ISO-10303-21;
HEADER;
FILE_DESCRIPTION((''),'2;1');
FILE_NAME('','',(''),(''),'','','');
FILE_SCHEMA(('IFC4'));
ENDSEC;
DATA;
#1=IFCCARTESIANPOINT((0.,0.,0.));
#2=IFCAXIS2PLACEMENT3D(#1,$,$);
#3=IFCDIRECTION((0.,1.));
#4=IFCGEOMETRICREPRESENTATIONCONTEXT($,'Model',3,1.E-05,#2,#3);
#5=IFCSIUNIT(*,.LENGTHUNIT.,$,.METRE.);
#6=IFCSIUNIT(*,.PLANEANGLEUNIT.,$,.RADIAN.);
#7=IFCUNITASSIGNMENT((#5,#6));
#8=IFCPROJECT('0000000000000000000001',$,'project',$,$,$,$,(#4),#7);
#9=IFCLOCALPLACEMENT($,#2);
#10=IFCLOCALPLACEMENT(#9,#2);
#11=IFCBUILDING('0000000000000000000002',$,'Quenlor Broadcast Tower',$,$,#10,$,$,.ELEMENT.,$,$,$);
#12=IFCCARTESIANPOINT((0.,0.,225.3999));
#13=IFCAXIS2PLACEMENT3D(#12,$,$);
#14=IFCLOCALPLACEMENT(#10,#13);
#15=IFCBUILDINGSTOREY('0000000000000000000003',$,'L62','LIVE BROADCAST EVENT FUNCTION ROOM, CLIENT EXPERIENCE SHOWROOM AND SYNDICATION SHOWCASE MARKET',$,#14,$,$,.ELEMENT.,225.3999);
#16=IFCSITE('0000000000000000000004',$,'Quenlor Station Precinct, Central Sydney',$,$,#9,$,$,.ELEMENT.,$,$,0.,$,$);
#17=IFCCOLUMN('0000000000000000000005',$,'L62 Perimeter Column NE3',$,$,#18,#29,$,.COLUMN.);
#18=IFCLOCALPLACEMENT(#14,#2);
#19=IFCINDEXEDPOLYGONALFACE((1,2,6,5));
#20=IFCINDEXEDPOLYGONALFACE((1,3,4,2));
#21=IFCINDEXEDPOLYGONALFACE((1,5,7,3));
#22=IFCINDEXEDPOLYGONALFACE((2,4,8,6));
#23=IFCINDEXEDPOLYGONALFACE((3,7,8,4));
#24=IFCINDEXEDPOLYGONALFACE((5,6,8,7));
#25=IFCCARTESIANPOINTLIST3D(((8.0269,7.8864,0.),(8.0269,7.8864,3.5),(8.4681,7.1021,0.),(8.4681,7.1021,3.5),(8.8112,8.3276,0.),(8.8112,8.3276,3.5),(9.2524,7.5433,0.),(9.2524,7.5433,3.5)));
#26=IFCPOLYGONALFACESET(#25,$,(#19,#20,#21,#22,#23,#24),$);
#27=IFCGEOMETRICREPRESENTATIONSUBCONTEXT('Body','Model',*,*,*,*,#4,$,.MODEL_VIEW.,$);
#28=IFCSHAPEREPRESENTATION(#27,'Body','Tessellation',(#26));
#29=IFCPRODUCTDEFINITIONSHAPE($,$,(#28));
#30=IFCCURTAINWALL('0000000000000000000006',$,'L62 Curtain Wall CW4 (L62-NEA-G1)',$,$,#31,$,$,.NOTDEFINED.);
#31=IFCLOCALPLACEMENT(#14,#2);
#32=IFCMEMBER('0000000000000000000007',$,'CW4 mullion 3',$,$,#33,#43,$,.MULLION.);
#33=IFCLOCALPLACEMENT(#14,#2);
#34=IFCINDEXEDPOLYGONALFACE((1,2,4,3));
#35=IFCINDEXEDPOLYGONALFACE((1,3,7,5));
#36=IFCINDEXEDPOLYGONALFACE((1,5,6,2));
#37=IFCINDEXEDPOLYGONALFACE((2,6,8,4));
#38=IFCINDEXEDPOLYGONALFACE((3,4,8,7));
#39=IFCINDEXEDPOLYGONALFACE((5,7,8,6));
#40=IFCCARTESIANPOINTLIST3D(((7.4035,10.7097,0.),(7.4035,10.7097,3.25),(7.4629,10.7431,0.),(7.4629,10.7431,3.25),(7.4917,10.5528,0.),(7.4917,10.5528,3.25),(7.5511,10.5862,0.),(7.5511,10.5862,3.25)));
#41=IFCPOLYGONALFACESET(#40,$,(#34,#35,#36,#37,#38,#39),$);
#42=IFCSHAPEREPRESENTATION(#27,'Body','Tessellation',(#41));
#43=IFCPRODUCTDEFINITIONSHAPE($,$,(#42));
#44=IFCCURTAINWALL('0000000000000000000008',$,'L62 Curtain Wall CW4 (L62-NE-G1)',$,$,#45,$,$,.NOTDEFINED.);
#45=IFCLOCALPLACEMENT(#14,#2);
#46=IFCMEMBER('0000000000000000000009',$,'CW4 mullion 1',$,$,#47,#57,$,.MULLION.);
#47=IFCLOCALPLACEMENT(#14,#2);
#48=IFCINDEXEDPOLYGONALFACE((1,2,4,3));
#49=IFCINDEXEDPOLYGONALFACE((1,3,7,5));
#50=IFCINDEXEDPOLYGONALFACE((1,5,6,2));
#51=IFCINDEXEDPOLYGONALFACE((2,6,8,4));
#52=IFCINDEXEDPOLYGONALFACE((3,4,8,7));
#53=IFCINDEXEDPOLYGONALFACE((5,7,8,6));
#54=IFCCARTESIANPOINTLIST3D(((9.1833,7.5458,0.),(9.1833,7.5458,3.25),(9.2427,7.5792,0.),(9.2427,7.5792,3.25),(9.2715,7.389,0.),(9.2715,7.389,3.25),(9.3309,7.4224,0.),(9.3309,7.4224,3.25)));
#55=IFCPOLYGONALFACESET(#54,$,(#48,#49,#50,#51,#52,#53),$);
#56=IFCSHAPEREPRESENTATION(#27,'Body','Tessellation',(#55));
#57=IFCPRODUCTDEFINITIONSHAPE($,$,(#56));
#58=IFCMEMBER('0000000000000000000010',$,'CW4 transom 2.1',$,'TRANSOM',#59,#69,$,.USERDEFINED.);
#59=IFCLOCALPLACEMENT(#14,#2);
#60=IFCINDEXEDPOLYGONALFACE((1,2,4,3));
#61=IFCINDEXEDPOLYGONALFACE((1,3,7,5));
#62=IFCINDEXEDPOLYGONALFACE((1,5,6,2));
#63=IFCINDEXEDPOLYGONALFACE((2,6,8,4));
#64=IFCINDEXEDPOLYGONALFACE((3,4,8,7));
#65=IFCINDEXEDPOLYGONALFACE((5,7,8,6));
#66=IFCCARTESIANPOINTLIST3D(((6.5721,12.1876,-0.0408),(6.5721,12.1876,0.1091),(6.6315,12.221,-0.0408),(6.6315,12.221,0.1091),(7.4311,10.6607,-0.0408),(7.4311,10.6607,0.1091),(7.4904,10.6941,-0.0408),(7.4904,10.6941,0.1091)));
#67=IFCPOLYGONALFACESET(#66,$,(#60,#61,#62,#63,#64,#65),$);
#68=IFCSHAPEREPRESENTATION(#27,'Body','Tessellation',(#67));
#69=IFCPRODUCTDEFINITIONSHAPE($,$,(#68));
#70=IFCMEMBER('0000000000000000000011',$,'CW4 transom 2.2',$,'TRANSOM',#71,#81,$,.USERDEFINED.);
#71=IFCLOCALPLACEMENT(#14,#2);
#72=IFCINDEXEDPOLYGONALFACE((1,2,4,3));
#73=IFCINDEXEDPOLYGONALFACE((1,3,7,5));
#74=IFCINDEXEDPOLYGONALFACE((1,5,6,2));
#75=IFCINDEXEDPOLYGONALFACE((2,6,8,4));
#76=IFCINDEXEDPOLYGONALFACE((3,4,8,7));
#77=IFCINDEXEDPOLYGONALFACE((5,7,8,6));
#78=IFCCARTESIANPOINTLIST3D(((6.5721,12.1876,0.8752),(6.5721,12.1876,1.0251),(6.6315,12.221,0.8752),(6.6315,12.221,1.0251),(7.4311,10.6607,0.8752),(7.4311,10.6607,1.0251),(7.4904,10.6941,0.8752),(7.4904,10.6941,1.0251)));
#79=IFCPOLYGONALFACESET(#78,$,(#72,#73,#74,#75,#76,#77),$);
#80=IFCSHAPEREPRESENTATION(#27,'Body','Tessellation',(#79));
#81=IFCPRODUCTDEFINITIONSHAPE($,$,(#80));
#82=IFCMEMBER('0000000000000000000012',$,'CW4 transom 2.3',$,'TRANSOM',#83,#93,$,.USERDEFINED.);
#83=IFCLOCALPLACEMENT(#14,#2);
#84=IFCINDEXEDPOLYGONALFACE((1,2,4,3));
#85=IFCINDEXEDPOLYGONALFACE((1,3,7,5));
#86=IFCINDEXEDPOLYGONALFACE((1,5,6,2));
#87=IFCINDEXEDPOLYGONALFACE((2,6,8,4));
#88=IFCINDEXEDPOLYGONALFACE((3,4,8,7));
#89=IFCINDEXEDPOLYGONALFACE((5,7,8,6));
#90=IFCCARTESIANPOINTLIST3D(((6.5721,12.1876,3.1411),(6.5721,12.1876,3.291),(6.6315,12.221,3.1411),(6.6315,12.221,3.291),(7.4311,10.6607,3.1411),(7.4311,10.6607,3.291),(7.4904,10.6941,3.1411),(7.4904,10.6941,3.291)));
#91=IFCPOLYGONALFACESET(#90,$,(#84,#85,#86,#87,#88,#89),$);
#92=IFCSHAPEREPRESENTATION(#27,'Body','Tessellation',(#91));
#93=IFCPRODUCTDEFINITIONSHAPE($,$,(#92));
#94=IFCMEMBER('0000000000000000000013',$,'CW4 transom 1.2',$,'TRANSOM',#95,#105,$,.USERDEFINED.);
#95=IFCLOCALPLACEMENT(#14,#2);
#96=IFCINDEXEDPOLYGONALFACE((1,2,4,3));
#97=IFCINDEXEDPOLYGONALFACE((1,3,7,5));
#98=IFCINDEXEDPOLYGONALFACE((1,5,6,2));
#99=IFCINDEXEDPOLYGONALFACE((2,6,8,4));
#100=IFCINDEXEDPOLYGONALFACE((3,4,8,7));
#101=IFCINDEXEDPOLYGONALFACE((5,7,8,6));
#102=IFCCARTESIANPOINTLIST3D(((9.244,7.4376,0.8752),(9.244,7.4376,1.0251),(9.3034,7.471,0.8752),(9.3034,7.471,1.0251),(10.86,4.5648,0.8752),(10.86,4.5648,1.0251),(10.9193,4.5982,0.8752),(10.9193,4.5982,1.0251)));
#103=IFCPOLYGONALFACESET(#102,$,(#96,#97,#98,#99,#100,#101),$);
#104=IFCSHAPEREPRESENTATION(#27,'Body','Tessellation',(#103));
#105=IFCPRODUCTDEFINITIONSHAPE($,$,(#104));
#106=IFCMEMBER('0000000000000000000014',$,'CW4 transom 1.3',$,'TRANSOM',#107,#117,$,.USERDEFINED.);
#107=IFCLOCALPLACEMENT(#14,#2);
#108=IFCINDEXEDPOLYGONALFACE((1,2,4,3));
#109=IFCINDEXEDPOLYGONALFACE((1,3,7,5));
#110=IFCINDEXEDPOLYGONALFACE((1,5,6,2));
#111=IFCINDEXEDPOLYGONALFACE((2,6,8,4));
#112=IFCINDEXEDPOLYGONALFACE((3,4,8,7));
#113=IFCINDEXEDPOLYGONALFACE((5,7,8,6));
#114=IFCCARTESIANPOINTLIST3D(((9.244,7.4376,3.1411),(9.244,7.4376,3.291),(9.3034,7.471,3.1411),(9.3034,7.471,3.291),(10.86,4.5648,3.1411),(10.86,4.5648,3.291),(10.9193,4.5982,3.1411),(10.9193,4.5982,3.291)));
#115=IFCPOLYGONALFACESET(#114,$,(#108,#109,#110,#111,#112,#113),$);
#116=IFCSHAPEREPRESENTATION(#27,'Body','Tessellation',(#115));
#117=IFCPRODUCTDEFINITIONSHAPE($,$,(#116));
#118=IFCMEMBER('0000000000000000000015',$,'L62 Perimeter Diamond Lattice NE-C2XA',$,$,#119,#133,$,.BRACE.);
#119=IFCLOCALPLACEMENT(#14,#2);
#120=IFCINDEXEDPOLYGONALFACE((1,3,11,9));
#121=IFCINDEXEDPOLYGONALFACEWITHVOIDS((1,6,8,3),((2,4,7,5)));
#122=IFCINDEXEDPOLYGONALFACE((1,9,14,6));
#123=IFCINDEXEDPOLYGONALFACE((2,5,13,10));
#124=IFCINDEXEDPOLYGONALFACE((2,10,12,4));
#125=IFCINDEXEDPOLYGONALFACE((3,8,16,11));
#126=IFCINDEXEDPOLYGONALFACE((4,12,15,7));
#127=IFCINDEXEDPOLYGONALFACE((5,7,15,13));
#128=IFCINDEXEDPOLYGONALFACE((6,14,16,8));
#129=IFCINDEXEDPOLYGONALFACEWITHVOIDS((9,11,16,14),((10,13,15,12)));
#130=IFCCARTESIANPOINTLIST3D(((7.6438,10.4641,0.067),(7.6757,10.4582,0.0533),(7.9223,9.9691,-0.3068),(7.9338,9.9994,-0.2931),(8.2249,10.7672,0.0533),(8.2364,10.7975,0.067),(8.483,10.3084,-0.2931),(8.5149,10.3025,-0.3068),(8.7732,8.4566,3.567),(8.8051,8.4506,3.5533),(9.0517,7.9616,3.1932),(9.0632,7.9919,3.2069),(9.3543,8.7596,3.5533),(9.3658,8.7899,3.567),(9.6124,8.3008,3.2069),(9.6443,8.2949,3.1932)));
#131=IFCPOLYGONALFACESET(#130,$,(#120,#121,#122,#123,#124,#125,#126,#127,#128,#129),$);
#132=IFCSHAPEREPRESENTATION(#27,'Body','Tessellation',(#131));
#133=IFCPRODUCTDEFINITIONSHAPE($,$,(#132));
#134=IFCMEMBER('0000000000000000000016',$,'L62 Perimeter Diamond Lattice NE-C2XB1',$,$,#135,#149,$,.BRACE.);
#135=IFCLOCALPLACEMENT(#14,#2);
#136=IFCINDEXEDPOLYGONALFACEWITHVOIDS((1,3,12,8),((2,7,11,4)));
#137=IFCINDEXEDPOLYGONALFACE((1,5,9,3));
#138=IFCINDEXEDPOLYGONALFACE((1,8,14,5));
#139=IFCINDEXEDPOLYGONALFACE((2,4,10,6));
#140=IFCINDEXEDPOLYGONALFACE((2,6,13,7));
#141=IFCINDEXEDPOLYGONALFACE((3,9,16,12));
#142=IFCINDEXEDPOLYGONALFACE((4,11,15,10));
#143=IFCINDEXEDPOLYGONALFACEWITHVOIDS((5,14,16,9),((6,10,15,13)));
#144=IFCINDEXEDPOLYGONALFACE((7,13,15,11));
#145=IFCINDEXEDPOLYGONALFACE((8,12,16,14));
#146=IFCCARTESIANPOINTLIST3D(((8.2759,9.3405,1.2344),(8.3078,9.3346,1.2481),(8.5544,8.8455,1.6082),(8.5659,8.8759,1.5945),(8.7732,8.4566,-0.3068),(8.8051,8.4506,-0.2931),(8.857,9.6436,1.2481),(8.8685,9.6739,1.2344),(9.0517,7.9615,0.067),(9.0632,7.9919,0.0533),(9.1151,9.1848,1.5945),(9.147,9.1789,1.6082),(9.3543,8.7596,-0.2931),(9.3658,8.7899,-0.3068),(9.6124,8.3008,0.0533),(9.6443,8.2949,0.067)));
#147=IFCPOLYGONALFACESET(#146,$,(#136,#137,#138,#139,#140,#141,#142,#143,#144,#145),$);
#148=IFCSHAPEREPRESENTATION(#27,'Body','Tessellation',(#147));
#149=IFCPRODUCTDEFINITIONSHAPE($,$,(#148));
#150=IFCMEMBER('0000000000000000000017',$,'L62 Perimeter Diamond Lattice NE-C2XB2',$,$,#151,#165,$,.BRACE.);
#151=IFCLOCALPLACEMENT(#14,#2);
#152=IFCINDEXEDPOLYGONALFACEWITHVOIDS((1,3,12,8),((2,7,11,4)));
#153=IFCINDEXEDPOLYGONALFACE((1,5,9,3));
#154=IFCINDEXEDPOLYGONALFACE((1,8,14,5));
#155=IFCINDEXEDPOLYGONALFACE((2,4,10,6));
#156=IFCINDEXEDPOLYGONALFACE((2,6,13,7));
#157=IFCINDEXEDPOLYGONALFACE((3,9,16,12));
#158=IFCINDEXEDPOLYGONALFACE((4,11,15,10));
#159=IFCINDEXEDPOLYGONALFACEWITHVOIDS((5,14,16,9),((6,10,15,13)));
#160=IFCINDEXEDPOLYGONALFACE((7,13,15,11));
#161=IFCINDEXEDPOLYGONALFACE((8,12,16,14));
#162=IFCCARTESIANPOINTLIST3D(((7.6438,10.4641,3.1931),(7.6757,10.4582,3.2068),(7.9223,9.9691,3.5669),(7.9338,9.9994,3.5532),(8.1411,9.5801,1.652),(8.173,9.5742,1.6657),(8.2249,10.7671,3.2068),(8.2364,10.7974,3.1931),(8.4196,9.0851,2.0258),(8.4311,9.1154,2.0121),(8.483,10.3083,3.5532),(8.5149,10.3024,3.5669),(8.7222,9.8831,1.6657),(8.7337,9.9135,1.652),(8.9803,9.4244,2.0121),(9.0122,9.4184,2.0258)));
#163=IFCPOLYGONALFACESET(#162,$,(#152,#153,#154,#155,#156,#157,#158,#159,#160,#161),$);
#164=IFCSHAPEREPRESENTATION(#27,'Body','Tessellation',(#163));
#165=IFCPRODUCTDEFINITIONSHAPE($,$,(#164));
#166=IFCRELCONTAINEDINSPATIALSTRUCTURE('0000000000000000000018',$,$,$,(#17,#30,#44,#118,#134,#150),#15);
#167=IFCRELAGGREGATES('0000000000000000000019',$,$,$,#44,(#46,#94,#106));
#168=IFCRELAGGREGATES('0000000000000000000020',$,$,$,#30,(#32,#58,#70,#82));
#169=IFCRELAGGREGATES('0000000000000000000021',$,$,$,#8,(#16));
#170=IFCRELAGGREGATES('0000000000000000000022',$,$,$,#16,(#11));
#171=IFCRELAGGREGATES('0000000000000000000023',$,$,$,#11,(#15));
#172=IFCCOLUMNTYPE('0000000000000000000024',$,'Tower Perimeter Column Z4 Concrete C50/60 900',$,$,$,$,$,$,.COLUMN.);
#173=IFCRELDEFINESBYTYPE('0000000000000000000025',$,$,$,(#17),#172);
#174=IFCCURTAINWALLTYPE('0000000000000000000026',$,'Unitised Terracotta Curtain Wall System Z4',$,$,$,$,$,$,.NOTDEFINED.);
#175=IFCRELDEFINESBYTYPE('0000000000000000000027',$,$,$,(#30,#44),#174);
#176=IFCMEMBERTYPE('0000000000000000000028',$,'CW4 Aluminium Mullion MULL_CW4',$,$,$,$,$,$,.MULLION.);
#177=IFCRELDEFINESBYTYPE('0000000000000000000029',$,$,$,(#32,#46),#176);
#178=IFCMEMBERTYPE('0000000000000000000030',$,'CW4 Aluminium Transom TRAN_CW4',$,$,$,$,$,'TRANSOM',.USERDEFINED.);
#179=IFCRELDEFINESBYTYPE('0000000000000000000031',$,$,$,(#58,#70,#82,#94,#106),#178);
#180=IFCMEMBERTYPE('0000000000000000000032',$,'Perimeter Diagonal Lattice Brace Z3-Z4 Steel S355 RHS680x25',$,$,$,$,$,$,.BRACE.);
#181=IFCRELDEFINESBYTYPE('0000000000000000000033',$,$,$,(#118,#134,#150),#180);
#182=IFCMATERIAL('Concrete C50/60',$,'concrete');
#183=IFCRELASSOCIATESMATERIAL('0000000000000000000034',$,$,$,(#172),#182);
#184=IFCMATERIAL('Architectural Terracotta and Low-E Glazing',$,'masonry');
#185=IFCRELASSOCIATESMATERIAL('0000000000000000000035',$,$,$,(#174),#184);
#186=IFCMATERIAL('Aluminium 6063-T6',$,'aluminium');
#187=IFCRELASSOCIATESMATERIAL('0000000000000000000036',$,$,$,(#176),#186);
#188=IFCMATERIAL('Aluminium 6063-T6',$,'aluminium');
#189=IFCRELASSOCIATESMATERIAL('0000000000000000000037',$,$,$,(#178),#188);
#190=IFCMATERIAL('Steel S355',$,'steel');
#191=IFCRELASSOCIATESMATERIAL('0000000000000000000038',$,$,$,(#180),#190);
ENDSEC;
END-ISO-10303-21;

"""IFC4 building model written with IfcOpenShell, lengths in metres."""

from ifc_helpers import new_model, si_unit, direction, frame, origin, origin_2d, place, context, subcontext, project, spatial, rectangle, hollow_rectangle, extrude, material, material_profile, profile_set, type_object, element, aggregate, save


model = new_model("IFC4")

# Units and contexts
model_context = context("Model", 3, precision=1e-05, world=origin(), true_north=direction((0.0, 1.0)))
body_context = subcontext(model_context, "Body", "Model", "MODEL_VIEW")
ifc_project = project(units=[si_unit("LENGTHUNIT", "METRE"), si_unit("PLANEANGLEUNIT", "RADIAN")], contexts=[model_context])

# Site, building, storey
site_placement = place(None, origin())
site = spatial("IfcSite", under=ifc_project, at=site_placement, Name="Quenlor Station Precinct, Central Sydney", CompositionType="ELEMENT", RefElevation=0.0)
building_placement = place(site_placement, origin())
building = spatial("IfcBuilding", under=site, at=building_placement, Name="Quenlor Broadcast Tower", CompositionType="ELEMENT")
storey_placement = place(building_placement, frame((0.0, 0.0, 225.3999)))
storey = spatial("IfcBuildingStorey", under=building, at=storey_placement, Name="L62", Description="LIVE BROADCAST EVENT FUNCTION ROOM, CLIENT EXPERIENCE SHOWROOM AND SYNDICATION SHOWCASE MARKET", CompositionType="ELEMENT", Elevation=225.3999)

# Column
ifc_material_1 = material(Name="Concrete C50/60", Category="concrete")
ifc_material_profile_1 = material_profile(ifc_material_1, rectangle(XDim=0.8999, YDim=0.8999, at=origin_2d()))
ifc_profile_set_1 = profile_set([ifc_material_profile_1], Name="Concrete C50/60 RC900x900")
column_type = type_object("IfcColumnType", Name="Tower Perimeter Column Z4 Concrete C50/60 900", PredefinedType="COLUMN", material=ifc_profile_set_1)
column_placement = place(storey_placement, frame((8.6396, 7.7148, 0.0), z_axis=(0.0, 0.0, 1.0), x_axis=(0.871575, 0.490262, 0.0)))
element("IfcColumn", 1, at=column_placement, inside=storey, type_object=column_type, Name="L62 Perimeter Column NE3", PredefinedType="COLUMN", context=body_context, shape_type="SweptSolid", body=[
    extrude(rectangle(XDim=0.8999, YDim=0.8999, at=origin_2d()), origin(), (0.0, 0.0, 1.0), 3.5),
])

# Curtain walls, members
ifc_material_2 = material(Name="Architectural Terracotta and Low-E Glazing", Category="masonry")
curtain_wall_type = type_object("IfcCurtainWallType", Name="Unitised Terracotta Curtain Wall System Z4", PredefinedType="NOTDEFINED", material=ifc_material_2)
curtain_wall_1_placement = place(storey_placement, origin())
curtain_wall_1 = element("IfcCurtainWall", 2, at=curtain_wall_1_placement, inside=storey, type_object=curtain_wall_type, Name="L62 Curtain Wall CW4 (L62-NEA-G1)", PredefinedType="NOTDEFINED")
ifc_material_3 = material(Name="Aluminium 6063-T6", Category="aluminium")
ifc_material_profile_2 = material_profile(ifc_material_3, rectangle(XDim=0.0681, YDim=0.1799, at=origin_2d()))
ifc_profile_set_2 = profile_set([ifc_material_profile_2], Name="Aluminium 6063-T6 MULL68x180")
member_type_1 = type_object("IfcMemberType", Name="CW4 Aluminium Mullion MULL_CW4", PredefinedType="MULLION", material=ifc_profile_set_2)
member_1_placement = place(storey_placement, frame((7.4773, 10.6479, 0.0), z_axis=(0.0, 0.0, 1.0), x_axis=(0.871576, 0.49026, 0.0)))
member_1 = element("IfcMember", 3, at=member_1_placement, type_object=member_type_1, Name="CW4 mullion 3", PredefinedType="MULLION", context=body_context, shape_type="SweptSolid", body=[
    extrude(rectangle(XDim=0.0681, YDim=0.1799, at=origin_2d()), origin(), (0.0, 0.0, 1.0), 3.25),
])
curtain_wall_2_placement = place(storey_placement, origin())
curtain_wall_2 = element("IfcCurtainWall", 4, at=curtain_wall_2_placement, inside=storey, type_object=curtain_wall_type, Name="L62 Curtain Wall CW4 (L62-NE-G1)", PredefinedType="NOTDEFINED")
member_2_placement = place(storey_placement, frame((9.2571, 7.4841, 0.0), z_axis=(0.0, 0.0, 1.0), x_axis=(0.871578, 0.490257, 0.0)))
member_2 = element("IfcMember", 5, at=member_2_placement, type_object=member_type_1, Name="CW4 mullion 1", PredefinedType="MULLION", context=body_context, shape_type="SweptSolid", body=[
    extrude(rectangle(XDim=0.0681, YDim=0.1799, at=origin_2d()), origin(), (0.0, 0.0, 1.0), 3.25),
])

# Members
ifc_material_4 = material(Name="Aluminium 6063-T6", Category="aluminium")
ifc_material_profile_3 = material_profile(ifc_material_4, rectangle(XDim=0.0681, YDim=0.1499, at=origin_2d()))
ifc_profile_set_3 = profile_set([ifc_material_profile_3], Name="Aluminium 6063-T6 TRAN68x150")
member_type_2 = type_object("IfcMemberType", Name="CW4 Aluminium Transom TRAN_CW4", ElementType="TRANSOM", PredefinedType="USERDEFINED", material=ifc_profile_set_3)
member_3_placement = place(storey_placement, frame((6.6018, 12.2043, 0.0342), z_axis=(0.490274, -0.871568, 0.0), x_axis=(0.871568, 0.490274, 0.0)))
member_3 = element("IfcMember", 6, at=member_3_placement, type_object=member_type_2, Name="CW4 transom 2.1", ObjectType="TRANSOM", PredefinedType="USERDEFINED", context=body_context, shape_type="SweptSolid", body=[
    extrude(rectangle(XDim=0.0681, YDim=0.1499, at=origin_2d()), origin(), (0.0, 0.0, 1.0), 1.752),
])
member_4_placement = place(storey_placement, frame((6.6018, 12.2043, 0.9502), z_axis=(0.490274, -0.871568, 0.0), x_axis=(0.871568, 0.490274, 0.0)))
member_4 = element("IfcMember", 7, at=member_4_placement, type_object=member_type_2, Name="CW4 transom 2.2", ObjectType="TRANSOM", PredefinedType="USERDEFINED", context=body_context, shape_type="SweptSolid", body=[
    extrude(rectangle(XDim=0.0681, YDim=0.1499, at=origin_2d()), origin(), (0.0, 0.0, 1.0), 1.752),
])
member_5_placement = place(storey_placement, frame((6.6018, 12.2043, 3.2161), z_axis=(0.490274, -0.871568, 0.0), x_axis=(0.871568, 0.490274, 0.0)))
member_5 = element("IfcMember", 8, at=member_5_placement, type_object=member_type_2, Name="CW4 transom 2.3", ObjectType="TRANSOM", PredefinedType="USERDEFINED", context=body_context, shape_type="SweptSolid", body=[
    extrude(rectangle(XDim=0.0681, YDim=0.1499, at=origin_2d()), origin(), (0.0, 0.0, 1.0), 1.752),
])
member_6_placement = place(storey_placement, frame((9.2737, 7.4543, 0.9502), z_axis=(0.490265, -0.871574, 0.0), x_axis=(0.871574, 0.490265, 0.0)))
member_6 = element("IfcMember", 9, at=member_6_placement, type_object=member_type_2, Name="CW4 transom 1.2", ObjectType="TRANSOM", PredefinedType="USERDEFINED", context=body_context, shape_type="SweptSolid", body=[
    extrude(rectangle(XDim=0.0681, YDim=0.1499, at=origin_2d()), origin(), (0.0, 0.0, 1.0), 3.2961),
])
member_7_placement = place(storey_placement, frame((9.2737, 7.4543, 3.2161), z_axis=(0.490265, -0.871574, 0.0), x_axis=(0.871574, 0.490265, 0.0)))
member_7 = element("IfcMember", 10, at=member_7_placement, type_object=member_type_2, Name="CW4 transom 1.3", ObjectType="TRANSOM", PredefinedType="USERDEFINED", context=body_context, shape_type="SweptSolid", body=[
    extrude(rectangle(XDim=0.0681, YDim=0.1499, at=origin_2d()), origin(), (0.0, 0.0, 1.0), 3.2961),
])
aggregate(curtain_wall_2, [member_2, member_6, member_7])

# Members
ifc_material_5 = material(Name="Steel S355", Category="steel")
ifc_material_profile_4 = material_profile(ifc_material_5, hollow_rectangle(XDim=0.6799, YDim=0.6799, WallThickness=0.0249, at=origin_2d()))
ifc_profile_set_4 = profile_set([ifc_material_profile_4], Name="Steel S355 RHS680x680x25")
member_type_3 = type_object("IfcMemberType", Name="Perimeter Diagonal Lattice Brace Z3-Z4 Steel S355 RHS680x25", PredefinedType="BRACE", material=ifc_profile_set_4)
member_8_placement = place(storey_placement, frame((8.0793, 10.3833, -0.1199), z_axis=(0.269547, -0.479136, 0.835328), x_axis=(0.87155, 0.490307, 0.0)))
element("IfcMember", 11, at=member_8_placement, inside=storey, type_object=member_type_3, Name="L62 Perimeter Diamond Lattice NE-C2XA", PredefinedType="BRACE", context=body_context, shape_type="SweptSolid", body=[
    extrude(hollow_rectangle(XDim=0.6799, YDim=0.6799, WallThickness=0.0249, at=origin_2d()), origin(), (0.0, 0.0, 1.0), 4.1899),
])
for number, where, z_axis, x_axis, name in (
    (12, (9.2087, 8.3757, -0.1199), (-0.269536, 0.47913, 0.835335), (-0.871556, -0.490296, 0.0), "L62 Perimeter Diamond Lattice NE-C2XB1"),
    (13, (8.5767, 9.4993, 1.8389), (-0.269536, 0.47913, 0.835335), (-0.871556, -0.490296, 0.0), "L62 Perimeter Diamond Lattice NE-C2XB2"),
):
    element("IfcMember", number, at=place(storey_placement, frame(where, z_axis=z_axis, x_axis=x_axis)), inside=storey, type_object=member_type_3, Name=name, PredefinedType="BRACE", context=body_context, shape_type="SweptSolid", body=[
        extrude(hollow_rectangle(XDim=0.6799, YDim=0.6799, WallThickness=0.0249, at=origin_2d()), origin(), (0.0, 0.0, 1.0), 1.845),
    ])

aggregate(curtain_wall_1, [member_1, member_3, member_4, member_5])

save(model, "model.ifc")
